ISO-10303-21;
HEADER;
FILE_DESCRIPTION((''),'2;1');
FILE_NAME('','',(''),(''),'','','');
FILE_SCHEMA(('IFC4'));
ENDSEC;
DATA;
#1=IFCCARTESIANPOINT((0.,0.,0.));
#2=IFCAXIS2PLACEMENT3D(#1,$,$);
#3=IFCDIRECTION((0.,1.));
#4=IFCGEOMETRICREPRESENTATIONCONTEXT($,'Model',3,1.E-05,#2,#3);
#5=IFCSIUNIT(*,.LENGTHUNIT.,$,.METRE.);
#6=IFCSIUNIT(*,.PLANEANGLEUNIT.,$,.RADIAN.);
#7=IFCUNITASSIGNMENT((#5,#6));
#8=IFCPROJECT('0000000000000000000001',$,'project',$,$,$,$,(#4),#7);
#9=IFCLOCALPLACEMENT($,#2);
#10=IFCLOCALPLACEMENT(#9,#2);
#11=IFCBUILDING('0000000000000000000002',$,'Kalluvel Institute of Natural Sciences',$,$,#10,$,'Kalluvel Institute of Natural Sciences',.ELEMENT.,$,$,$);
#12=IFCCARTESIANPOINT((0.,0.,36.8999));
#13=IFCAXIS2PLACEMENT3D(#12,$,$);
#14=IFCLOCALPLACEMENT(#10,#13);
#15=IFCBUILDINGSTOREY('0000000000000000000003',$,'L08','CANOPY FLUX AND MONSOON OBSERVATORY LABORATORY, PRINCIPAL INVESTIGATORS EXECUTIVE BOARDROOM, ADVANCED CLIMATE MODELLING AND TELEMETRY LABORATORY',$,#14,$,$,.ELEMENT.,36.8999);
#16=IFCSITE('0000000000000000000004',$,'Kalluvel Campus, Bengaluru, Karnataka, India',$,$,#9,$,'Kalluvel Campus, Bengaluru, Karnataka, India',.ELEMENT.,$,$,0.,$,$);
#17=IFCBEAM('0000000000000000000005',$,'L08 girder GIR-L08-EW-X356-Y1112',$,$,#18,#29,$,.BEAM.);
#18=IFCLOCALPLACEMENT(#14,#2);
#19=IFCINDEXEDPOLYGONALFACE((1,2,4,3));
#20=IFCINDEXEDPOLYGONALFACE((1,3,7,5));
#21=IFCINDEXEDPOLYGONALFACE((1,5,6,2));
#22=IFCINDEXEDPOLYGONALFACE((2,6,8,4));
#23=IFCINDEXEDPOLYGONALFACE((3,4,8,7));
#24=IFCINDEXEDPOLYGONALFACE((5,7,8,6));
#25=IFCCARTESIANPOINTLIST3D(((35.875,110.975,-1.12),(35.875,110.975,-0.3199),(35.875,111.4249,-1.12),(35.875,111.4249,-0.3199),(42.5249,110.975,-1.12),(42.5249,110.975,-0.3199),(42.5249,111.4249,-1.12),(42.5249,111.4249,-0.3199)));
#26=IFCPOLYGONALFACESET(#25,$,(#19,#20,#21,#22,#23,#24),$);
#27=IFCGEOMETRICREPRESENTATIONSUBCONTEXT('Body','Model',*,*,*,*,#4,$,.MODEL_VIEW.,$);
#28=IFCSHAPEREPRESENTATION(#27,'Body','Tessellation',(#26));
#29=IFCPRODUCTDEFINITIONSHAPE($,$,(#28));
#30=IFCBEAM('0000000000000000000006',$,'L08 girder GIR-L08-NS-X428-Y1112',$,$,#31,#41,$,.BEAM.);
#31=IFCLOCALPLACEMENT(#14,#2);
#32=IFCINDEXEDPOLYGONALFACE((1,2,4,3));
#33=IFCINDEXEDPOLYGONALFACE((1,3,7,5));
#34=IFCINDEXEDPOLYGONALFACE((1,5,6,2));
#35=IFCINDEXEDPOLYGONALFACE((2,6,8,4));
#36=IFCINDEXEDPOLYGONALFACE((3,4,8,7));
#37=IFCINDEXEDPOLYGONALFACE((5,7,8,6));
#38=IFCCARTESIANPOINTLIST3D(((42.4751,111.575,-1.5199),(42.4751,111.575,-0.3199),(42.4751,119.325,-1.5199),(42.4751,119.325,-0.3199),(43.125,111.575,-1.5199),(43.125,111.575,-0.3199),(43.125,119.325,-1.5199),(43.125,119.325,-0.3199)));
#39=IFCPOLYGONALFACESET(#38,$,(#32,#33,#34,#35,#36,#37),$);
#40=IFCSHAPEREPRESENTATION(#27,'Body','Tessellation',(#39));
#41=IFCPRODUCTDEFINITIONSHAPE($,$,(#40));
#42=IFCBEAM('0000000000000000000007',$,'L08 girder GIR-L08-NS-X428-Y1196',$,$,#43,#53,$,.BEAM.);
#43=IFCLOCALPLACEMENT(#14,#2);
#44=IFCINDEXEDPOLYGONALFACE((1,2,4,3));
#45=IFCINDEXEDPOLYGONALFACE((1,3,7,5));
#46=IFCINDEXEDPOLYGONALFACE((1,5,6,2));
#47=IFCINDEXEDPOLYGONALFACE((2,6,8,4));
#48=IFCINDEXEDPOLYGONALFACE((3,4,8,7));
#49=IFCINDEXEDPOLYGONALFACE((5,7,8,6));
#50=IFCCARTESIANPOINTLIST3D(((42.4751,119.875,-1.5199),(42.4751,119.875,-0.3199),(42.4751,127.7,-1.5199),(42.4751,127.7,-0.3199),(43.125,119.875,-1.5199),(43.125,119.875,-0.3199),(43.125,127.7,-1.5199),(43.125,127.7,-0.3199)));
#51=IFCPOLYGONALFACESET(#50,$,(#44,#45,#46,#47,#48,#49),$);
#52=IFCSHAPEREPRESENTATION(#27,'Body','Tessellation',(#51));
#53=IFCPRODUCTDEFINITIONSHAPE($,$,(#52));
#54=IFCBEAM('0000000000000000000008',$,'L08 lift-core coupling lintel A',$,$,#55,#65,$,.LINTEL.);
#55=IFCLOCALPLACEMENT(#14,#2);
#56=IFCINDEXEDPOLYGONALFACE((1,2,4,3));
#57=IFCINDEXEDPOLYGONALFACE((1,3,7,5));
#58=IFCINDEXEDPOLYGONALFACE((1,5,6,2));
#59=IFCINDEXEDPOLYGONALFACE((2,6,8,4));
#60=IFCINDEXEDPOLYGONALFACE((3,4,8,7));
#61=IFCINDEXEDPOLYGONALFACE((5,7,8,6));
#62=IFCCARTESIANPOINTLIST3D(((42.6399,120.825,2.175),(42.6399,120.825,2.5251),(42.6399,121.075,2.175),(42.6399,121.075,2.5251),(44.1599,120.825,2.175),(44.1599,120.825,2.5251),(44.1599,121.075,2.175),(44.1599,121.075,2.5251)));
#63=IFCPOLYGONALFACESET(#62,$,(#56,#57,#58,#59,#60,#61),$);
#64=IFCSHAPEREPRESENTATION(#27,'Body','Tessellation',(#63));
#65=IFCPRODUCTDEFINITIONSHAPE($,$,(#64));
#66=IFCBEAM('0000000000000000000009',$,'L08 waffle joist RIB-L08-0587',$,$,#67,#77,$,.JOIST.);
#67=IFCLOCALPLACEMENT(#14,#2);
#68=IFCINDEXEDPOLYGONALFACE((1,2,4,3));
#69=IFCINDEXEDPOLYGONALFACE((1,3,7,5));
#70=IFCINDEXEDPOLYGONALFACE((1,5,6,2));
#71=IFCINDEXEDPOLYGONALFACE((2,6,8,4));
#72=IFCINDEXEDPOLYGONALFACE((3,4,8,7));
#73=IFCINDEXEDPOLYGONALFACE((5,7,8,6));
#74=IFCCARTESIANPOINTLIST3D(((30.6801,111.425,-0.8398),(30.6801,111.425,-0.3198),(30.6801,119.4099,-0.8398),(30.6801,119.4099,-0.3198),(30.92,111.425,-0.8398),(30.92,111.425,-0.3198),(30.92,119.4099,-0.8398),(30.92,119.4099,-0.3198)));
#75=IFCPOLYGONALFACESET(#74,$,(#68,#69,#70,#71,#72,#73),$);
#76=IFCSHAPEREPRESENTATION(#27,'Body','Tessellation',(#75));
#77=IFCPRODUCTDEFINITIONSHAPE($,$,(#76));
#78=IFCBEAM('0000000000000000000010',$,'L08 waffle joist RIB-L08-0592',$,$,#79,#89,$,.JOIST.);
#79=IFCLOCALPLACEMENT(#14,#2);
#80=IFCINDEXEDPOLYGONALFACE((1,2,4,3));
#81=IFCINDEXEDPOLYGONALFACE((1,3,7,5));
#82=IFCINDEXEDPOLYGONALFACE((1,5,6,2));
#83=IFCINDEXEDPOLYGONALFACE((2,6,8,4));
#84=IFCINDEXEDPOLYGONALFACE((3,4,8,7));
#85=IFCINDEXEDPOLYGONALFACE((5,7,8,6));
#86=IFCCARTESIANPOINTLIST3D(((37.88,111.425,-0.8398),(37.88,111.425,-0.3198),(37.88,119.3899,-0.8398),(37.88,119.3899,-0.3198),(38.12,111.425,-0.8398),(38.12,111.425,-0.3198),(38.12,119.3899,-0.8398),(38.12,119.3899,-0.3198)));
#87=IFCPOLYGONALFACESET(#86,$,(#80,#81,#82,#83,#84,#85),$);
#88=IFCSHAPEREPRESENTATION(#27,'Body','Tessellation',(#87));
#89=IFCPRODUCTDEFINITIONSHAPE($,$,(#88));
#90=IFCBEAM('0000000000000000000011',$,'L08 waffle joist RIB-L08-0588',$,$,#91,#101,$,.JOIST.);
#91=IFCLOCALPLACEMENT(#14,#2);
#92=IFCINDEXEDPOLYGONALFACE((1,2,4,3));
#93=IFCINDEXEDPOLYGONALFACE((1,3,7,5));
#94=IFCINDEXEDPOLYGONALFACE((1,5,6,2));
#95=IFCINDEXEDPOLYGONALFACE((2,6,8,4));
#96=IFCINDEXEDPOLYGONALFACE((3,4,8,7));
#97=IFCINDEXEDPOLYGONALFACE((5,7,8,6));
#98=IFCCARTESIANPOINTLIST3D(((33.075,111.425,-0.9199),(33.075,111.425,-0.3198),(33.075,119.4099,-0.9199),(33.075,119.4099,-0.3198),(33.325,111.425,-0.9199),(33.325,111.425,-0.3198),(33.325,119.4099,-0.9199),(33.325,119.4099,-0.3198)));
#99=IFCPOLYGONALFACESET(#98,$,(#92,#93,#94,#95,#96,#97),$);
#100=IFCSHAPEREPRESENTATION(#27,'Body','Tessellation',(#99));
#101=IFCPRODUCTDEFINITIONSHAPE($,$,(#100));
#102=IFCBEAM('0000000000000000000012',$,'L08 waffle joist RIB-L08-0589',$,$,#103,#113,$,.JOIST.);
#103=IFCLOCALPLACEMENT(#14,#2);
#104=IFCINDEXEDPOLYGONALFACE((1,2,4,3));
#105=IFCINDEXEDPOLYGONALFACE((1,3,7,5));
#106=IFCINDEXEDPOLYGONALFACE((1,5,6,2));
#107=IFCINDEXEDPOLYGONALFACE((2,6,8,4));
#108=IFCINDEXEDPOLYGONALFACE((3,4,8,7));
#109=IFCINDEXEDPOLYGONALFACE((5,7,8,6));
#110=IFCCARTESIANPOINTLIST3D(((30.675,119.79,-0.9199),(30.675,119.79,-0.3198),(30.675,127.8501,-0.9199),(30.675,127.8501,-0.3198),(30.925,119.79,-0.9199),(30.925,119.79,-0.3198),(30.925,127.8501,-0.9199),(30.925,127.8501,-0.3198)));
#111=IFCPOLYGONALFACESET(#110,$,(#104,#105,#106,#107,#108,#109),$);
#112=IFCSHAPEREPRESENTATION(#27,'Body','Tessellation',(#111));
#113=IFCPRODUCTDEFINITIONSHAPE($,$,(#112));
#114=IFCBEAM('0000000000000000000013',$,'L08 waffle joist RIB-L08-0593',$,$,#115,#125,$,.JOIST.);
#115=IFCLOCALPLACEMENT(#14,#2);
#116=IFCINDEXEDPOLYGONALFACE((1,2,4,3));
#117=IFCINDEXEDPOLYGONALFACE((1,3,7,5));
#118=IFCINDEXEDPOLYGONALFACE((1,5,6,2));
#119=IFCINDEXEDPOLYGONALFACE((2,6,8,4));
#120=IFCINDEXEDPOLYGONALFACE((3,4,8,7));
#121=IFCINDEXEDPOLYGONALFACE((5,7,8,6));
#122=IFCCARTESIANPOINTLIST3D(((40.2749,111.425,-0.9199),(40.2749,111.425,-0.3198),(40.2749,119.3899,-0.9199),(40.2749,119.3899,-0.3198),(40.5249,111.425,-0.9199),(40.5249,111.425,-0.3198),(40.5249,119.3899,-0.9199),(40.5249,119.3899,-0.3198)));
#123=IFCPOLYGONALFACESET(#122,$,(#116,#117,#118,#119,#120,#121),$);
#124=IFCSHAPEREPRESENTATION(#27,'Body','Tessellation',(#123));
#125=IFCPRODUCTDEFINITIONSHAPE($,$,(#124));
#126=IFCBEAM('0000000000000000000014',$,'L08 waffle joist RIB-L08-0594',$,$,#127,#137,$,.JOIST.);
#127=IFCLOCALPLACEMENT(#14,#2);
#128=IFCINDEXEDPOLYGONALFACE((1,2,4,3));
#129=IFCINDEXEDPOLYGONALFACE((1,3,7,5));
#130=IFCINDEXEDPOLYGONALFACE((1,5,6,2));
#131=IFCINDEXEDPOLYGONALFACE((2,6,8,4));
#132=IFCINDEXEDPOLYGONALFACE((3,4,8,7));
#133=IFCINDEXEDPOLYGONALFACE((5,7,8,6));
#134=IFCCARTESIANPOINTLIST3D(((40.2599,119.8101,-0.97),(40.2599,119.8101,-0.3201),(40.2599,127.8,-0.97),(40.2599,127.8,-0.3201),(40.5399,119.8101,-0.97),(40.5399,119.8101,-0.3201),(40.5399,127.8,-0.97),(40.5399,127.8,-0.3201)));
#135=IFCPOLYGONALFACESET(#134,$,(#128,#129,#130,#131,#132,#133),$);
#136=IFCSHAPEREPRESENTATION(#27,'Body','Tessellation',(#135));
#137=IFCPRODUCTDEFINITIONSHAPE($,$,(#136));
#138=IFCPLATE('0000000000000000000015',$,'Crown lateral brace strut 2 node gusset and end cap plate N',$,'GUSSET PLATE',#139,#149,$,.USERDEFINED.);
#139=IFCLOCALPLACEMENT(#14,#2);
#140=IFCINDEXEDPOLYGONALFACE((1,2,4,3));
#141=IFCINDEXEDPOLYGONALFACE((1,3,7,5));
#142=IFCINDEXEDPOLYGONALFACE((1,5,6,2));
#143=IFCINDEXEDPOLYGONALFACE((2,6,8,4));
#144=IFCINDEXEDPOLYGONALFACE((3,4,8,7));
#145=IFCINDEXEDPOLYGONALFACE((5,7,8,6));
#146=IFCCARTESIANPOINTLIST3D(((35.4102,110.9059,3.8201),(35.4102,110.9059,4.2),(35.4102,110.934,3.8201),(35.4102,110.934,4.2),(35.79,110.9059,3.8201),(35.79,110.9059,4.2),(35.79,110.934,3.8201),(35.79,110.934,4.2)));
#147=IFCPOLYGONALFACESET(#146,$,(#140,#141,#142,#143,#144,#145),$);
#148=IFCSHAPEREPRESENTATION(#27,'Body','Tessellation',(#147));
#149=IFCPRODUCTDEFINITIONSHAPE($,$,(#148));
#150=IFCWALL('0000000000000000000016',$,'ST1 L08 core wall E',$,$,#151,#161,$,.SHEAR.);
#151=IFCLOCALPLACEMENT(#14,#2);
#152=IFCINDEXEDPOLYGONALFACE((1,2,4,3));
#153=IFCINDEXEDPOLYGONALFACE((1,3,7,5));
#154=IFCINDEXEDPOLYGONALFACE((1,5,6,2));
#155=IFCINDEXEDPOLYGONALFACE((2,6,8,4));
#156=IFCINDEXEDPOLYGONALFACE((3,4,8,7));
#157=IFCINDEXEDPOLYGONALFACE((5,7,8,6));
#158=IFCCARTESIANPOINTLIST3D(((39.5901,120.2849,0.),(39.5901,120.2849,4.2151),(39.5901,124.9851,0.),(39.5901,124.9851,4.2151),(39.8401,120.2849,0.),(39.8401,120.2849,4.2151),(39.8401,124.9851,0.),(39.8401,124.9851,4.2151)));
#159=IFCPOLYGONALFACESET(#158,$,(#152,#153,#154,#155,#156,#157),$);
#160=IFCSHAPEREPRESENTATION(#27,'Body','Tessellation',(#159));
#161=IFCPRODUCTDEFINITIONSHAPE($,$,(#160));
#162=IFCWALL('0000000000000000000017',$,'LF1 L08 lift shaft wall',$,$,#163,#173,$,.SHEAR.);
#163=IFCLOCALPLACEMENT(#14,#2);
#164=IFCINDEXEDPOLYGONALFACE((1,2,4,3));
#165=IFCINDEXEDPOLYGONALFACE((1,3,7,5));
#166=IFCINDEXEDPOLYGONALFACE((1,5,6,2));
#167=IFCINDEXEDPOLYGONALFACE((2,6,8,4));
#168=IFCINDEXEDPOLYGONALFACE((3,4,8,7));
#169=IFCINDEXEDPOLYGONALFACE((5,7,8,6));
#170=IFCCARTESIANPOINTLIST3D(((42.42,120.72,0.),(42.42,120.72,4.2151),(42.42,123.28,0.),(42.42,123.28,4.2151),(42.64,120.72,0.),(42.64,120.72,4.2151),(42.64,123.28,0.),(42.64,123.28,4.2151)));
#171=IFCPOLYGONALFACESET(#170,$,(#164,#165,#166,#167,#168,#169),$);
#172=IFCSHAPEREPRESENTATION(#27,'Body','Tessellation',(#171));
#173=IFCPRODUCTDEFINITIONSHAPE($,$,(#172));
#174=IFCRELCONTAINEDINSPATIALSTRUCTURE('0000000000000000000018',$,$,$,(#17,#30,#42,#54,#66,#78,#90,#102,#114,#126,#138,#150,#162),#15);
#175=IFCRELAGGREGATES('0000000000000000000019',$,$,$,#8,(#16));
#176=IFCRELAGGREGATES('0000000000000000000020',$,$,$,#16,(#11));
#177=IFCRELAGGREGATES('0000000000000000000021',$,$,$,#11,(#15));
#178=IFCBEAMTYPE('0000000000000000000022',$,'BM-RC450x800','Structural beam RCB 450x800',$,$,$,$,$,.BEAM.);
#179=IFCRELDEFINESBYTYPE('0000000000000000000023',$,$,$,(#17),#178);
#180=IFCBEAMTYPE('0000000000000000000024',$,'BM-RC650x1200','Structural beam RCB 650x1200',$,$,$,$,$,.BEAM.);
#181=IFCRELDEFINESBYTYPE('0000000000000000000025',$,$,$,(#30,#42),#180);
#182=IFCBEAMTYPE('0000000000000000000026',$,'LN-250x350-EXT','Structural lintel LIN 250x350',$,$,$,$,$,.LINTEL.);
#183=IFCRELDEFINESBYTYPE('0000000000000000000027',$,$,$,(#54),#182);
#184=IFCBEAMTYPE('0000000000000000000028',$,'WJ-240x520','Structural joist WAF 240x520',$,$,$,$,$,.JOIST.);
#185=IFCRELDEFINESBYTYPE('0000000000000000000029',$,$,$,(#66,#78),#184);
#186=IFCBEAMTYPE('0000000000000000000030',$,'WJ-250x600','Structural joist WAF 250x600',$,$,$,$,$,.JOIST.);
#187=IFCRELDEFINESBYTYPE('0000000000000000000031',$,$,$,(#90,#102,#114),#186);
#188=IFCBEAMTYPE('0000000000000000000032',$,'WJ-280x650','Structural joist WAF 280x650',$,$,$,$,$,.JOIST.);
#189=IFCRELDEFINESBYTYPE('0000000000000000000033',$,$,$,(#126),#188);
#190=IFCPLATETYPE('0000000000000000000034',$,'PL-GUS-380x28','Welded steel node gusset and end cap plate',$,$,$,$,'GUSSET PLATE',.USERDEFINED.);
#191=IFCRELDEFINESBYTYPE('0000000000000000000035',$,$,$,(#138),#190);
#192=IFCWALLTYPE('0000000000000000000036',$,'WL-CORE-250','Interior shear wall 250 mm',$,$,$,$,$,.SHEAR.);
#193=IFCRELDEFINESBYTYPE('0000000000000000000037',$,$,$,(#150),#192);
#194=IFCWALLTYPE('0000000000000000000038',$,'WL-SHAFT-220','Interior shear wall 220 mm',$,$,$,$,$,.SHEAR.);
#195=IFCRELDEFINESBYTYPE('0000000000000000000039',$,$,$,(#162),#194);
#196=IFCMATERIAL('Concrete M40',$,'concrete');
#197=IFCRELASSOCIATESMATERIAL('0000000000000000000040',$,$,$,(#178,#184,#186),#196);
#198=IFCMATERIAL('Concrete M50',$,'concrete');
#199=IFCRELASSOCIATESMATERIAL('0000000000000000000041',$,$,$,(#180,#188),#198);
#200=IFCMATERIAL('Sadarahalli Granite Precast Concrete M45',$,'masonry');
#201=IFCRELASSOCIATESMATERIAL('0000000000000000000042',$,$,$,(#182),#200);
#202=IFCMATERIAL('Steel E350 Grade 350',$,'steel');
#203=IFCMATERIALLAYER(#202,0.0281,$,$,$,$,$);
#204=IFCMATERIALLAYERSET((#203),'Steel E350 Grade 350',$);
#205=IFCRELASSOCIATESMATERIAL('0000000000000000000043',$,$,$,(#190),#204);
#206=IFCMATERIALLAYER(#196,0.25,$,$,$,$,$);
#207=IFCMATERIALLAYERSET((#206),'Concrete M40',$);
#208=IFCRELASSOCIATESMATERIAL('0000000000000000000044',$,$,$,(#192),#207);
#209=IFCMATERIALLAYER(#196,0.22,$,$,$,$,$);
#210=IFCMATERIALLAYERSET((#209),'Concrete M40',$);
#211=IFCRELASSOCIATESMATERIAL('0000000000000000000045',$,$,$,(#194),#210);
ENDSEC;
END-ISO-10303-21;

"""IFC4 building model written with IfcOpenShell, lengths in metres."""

from ifc_helpers import new_model, si_unit, direction, frame, frame_2d, origin, origin_2d, place, context, subcontext, project, spatial, rectangle, extrude, material, layer, layer_set, material_profile, profile_set, type_object, element, save


model = new_model("IFC4")

# Units and contexts
model_context = context("Model", 3, precision=1e-05, world=origin(), true_north=direction((0.0, 1.0)))
body_context = subcontext(model_context, "Body", "Model", "MODEL_VIEW")
ifc_project = project(units=[si_unit("LENGTHUNIT", "METRE"), si_unit("PLANEANGLEUNIT", "RADIAN")], contexts=[model_context])

# Site, building, storey
site_placement = place(None, origin())
site = spatial("IfcSite", under=ifc_project, at=site_placement, Name="Kalluvel Campus, Bengaluru, Karnataka, India", LongName="Kalluvel Campus, Bengaluru, Karnataka, India", CompositionType="ELEMENT", RefElevation=0.0)
building_placement = place(site_placement, origin())
building = spatial("IfcBuilding", under=site, at=building_placement, Name="Kalluvel Institute of Natural Sciences", LongName="Kalluvel Institute of Natural Sciences", CompositionType="ELEMENT")
storey_placement = place(building_placement, frame((0.0, 0.0, 36.8999)))
storey = spatial("IfcBuildingStorey", under=building, at=storey_placement, Name="L08", Description="CANOPY FLUX AND MONSOON OBSERVATORY LABORATORY, PRINCIPAL INVESTIGATORS EXECUTIVE BOARDROOM, ADVANCED CLIMATE MODELLING AND TELEMETRY LABORATORY", CompositionType="ELEMENT", Elevation=36.8999)

# Shared definitions
ifc_material_1 = material(Name="Concrete M40", Category="concrete")

# Beams
ifc_material_2 = material(Name="Steel E350 Grade 350", Category="steel")
ifc_material_profile_1 = material_profile(ifc_material_1, rectangle(XDim=0.45, YDim=0.8, at=origin_2d()), Name="RCB 450x800")
ifc_profile_set_1 = profile_set([ifc_material_profile_1], Name="Concrete M40")
beam_type_1 = type_object("IfcBeamType", Name="BM-RC450x800", Description="Structural beam RCB 450x800", PredefinedType="BEAM", material=ifc_profile_set_1)
beam_1_placement = place(storey_placement, frame((35.875, 111.2, -0.72), z_axis=(1.0, 0.0, 0.0), x_axis=(0.0, 1.0, 0.0)))
element("IfcBeam", 1, at=beam_1_placement, inside=storey, type_object=beam_type_1, Name="L08 girder GIR-L08-EW-X356-Y1112", PredefinedType="BEAM", context=body_context, shape_type="SweptSolid", body=[
    extrude(rectangle(XDim=0.45, YDim=0.8, at=origin_2d()), origin(), (0.0, 0.0, 1.0), 6.6499),
])
ifc_material_3 = material(Name="Concrete M50", Category="concrete")
ifc_material_profile_2 = material_profile(ifc_material_3, rectangle(XDim=0.6499, YDim=1.2, at=origin_2d()), Name="RCB 650x1200")
ifc_profile_set_2 = profile_set([ifc_material_profile_2], Name="Concrete M50")
beam_type_2 = type_object("IfcBeamType", Name="BM-RC650x1200", Description="Structural beam RCB 650x1200", PredefinedType="BEAM", material=ifc_profile_set_2)
beam_2_placement = place(storey_placement, frame((42.8, 111.575, -0.9199), z_axis=(0.0, 1.0, 0.0), x_axis=(-1.0, 0.0, 0.0)))
element("IfcBeam", 2, at=beam_2_placement, inside=storey, type_object=beam_type_2, Name="L08 girder GIR-L08-NS-X428-Y1112", PredefinedType="BEAM", context=body_context, shape_type="SweptSolid", body=[
    extrude(rectangle(XDim=0.6499, YDim=1.2, at=origin_2d()), origin(), (0.0, 0.0, 1.0), 7.75),
])
beam_3_placement = place(storey_placement, frame((42.8, 119.875, -0.9199), z_axis=(0.0, 1.0, 0.0), x_axis=(-1.0, 0.0, 0.0)))
element("IfcBeam", 3, at=beam_3_placement, inside=storey, type_object=beam_type_2, Name="L08 girder GIR-L08-NS-X428-Y1196", PredefinedType="BEAM", context=body_context, shape_type="SweptSolid", body=[
    extrude(rectangle(XDim=0.6499, YDim=1.2, at=origin_2d()), origin(), (0.0, 0.0, 1.0), 7.825),
])
ifc_material_4 = material(Name="Sadarahalli Granite Precast Concrete M45", Category="masonry")
ifc_material_profile_3 = material_profile(ifc_material_4, rectangle(XDim=0.25, YDim=0.3501, at=origin_2d()), Name="LIN 250x350")
ifc_profile_set_3 = profile_set([ifc_material_profile_3], Name="Sadarahalli Granite Precast Concrete M45")
beam_type_3 = type_object("IfcBeamType", Name="LN-250x350-EXT", Description="Structural lintel LIN 250x350", PredefinedType="LINTEL", material=ifc_profile_set_3)
beam_4_placement = place(storey_placement, frame((42.6399, 120.95, 2.3501), z_axis=(1.0, 0.0, 0.0), x_axis=(0.0, 1.0, 0.0)))
element("IfcBeam", 4, at=beam_4_placement, inside=storey, type_object=beam_type_3, Name="L08 lift-core coupling lintel A", PredefinedType="LINTEL", context=body_context, shape_type="SweptSolid", body=[
    extrude(rectangle(XDim=0.25, YDim=0.3501, at=origin_2d()), origin(), (0.0, 0.0, 1.0), 1.52),
])
ifc_material_profile_4 = material_profile(ifc_material_1, rectangle(XDim=0.24, YDim=0.52, at=origin_2d()), Name="WAF 240x520")
ifc_profile_set_4 = profile_set([ifc_material_profile_4], Name="Concrete M40")
beam_type_4 = type_object("IfcBeamType", Name="WJ-240x520", Description="Structural joist WAF 240x520", PredefinedType="JOIST", material=ifc_profile_set_4)
beam_5_placement = place(storey_placement, frame((30.8, 111.425, -0.5798), z_axis=(0.0, 1.0, 0.0), x_axis=(-1.0, 0.0, 0.0)))
element("IfcBeam", 5, at=beam_5_placement, inside=storey, type_object=beam_type_4, Name="L08 waffle joist RIB-L08-0587", PredefinedType="JOIST", context=body_context, shape_type="SweptSolid", body=[
    extrude(rectangle(XDim=0.24, YDim=0.52, at=origin_2d()), origin(), (0.0, 0.0, 1.0), 7.9849),
])
beam_6_placement = place(storey_placement, frame((38.0, 111.425, -0.5798), z_axis=(0.0, 1.0, 0.0), x_axis=(-1.0, 0.0, 0.0)))
element("IfcBeam", 6, at=beam_6_placement, inside=storey, type_object=beam_type_4, Name="L08 waffle joist RIB-L08-0592", PredefinedType="JOIST", context=body_context, shape_type="SweptSolid", body=[
    extrude(rectangle(XDim=0.24, YDim=0.52, at=origin_2d()), origin(), (0.0, 0.0, 1.0), 7.9648),
])
ifc_material_profile_5 = material_profile(ifc_material_1, rectangle(XDim=0.25, YDim=0.6001, at=origin_2d()), Name="WAF 250x600")
ifc_profile_set_5 = profile_set([ifc_material_profile_5], Name="Concrete M40")
beam_type_5 = type_object("IfcBeamType", Name="WJ-250x600", Description="Structural joist WAF 250x600", PredefinedType="JOIST", material=ifc_profile_set_5)
beam_7_placement = place(storey_placement, frame((33.2, 111.425, -0.6199), z_axis=(0.0, 1.0, 0.0), x_axis=(-1.0, 0.0, 0.0)))
element("IfcBeam", 7, at=beam_7_placement, inside=storey, type_object=beam_type_5, Name="L08 waffle joist RIB-L08-0588", PredefinedType="JOIST", context=body_context, shape_type="SweptSolid", body=[
    extrude(rectangle(XDim=0.25, YDim=0.6001, at=origin_2d()), origin(), (0.0, 0.0, 1.0), 7.9849),
])
beam_8_placement = place(storey_placement, frame((30.8, 119.79, -0.6199), z_axis=(0.0, 1.0, 0.0), x_axis=(-1.0, 0.0, 0.0)))
element("IfcBeam", 8, at=beam_8_placement, inside=storey, type_object=beam_type_5, Name="L08 waffle joist RIB-L08-0589", PredefinedType="JOIST", context=body_context, shape_type="SweptSolid", body=[
    extrude(rectangle(XDim=0.25, YDim=0.6001, at=origin_2d()), origin(), (0.0, 0.0, 1.0), 8.0601),
])
beam_9_placement = place(storey_placement, frame((40.3999, 111.425, -0.6199), z_axis=(0.0, 1.0, 0.0), x_axis=(-1.0, 0.0, 0.0)))
element("IfcBeam", 9, at=beam_9_placement, inside=storey, type_object=beam_type_5, Name="L08 waffle joist RIB-L08-0593", PredefinedType="JOIST", context=body_context, shape_type="SweptSolid", body=[
    extrude(rectangle(XDim=0.25, YDim=0.6001, at=origin_2d()), origin(), (0.0, 0.0, 1.0), 7.9648),
])
ifc_material_profile_6 = material_profile(ifc_material_3, rectangle(XDim=0.28, YDim=0.6499, at=origin_2d()), Name="WAF 280x650")
ifc_profile_set_6 = profile_set([ifc_material_profile_6], Name="Concrete M50")
beam_type_6 = type_object("IfcBeamType", Name="WJ-280x650", Description="Structural joist WAF 280x650", PredefinedType="JOIST", material=ifc_profile_set_6)
beam_10_placement = place(storey_placement, frame((40.3999, 119.8101, -0.645), z_axis=(0.0, 1.0, 0.0), x_axis=(-1.0, 0.0, 0.0)))
element("IfcBeam", 10, at=beam_10_placement, inside=storey, type_object=beam_type_6, Name="L08 waffle joist RIB-L08-0594", PredefinedType="JOIST", context=body_context, shape_type="SweptSolid", body=[
    extrude(rectangle(XDim=0.28, YDim=0.6499, at=origin_2d()), origin(), (0.0, 0.0, 1.0), 7.99),
])

# Plate
ifc_layer_1 = layer(ifc_material_2, 0.0281)
ifc_layer_set_1 = layer_set([ifc_layer_1], Name="Steel E350 Grade 350")
plate_type = type_object("IfcPlateType", Name="PL-GUS-380x28", Description="Welded steel node gusset and end cap plate", ElementType="GUSSET PLATE", PredefinedType="USERDEFINED", material=ifc_layer_set_1)
plate_placement = place(storey_placement, frame((35.6001, 110.9199, 3.8201), z_axis=(0.0, 0.0, 1.0), x_axis=(1.0, 0.0, 0.0)))
element("IfcPlate", 11, at=plate_placement, inside=storey, type_object=plate_type, Name="Crown lateral brace strut 2 node gusset and end cap plate N", ObjectType="GUSSET PLATE", PredefinedType="USERDEFINED", context=body_context, shape_type="SweptSolid", body=[
    extrude(rectangle(XDim=0.3799, YDim=0.0281, at=origin_2d()), origin(), (0.0, 0.0, 1.0), 0.3799),
])

# Wall
ifc_layer_2 = layer(ifc_material_1, 0.25)
ifc_layer_set_2 = layer_set([ifc_layer_2], Name="Concrete M40")
wall_type_1 = type_object("IfcWallType", Name="WL-CORE-250", Description="Interior shear wall 250 mm", PredefinedType="SHEAR", material=ifc_layer_set_2)
wall_1_placement = place(storey_placement, frame((39.7151, 120.2849, 0.0), z_axis=(0.0, 0.0, 1.0), x_axis=(0.0, 1.0, 0.0)))
element("IfcWall", 12, at=wall_1_placement, inside=storey, type_object=wall_type_1, Name="ST1 L08 core wall E", PredefinedType="SHEAR", context=body_context, shape_type="SweptSolid", body=[
    extrude(rectangle(XDim=4.7002, YDim=0.25, at=frame_2d((2.3501, 0.0))), origin(), (0.0, 0.0, 1.0), 4.2151),
])

# Shared definitions
ifc_layer_3 = layer(ifc_material_1, 0.22)
ifc_layer_set_3 = layer_set([ifc_layer_3], Name="Concrete M40")
wall_type_2 = type_object("IfcWallType", Name="WL-SHAFT-220", Description="Interior shear wall 220 mm", PredefinedType="SHEAR", material=ifc_layer_set_3)

# Wall
wall_2_placement = place(storey_placement, frame((42.53, 120.72, 0.0), z_axis=(0.0, 0.0, 1.0), x_axis=(0.0, 1.0, 0.0)))
element("IfcWall", 13, at=wall_2_placement, inside=storey, type_object=wall_type_2, Name="LF1 L08 lift shaft wall", PredefinedType="SHEAR", context=body_context, shape_type="SweptSolid", body=[
    extrude(rectangle(XDim=2.5601, YDim=0.22, at=frame_2d((1.28, 0.0))), origin(), (0.0, 0.0, 1.0), 4.2151),
])

save(model, "model.ifc")
